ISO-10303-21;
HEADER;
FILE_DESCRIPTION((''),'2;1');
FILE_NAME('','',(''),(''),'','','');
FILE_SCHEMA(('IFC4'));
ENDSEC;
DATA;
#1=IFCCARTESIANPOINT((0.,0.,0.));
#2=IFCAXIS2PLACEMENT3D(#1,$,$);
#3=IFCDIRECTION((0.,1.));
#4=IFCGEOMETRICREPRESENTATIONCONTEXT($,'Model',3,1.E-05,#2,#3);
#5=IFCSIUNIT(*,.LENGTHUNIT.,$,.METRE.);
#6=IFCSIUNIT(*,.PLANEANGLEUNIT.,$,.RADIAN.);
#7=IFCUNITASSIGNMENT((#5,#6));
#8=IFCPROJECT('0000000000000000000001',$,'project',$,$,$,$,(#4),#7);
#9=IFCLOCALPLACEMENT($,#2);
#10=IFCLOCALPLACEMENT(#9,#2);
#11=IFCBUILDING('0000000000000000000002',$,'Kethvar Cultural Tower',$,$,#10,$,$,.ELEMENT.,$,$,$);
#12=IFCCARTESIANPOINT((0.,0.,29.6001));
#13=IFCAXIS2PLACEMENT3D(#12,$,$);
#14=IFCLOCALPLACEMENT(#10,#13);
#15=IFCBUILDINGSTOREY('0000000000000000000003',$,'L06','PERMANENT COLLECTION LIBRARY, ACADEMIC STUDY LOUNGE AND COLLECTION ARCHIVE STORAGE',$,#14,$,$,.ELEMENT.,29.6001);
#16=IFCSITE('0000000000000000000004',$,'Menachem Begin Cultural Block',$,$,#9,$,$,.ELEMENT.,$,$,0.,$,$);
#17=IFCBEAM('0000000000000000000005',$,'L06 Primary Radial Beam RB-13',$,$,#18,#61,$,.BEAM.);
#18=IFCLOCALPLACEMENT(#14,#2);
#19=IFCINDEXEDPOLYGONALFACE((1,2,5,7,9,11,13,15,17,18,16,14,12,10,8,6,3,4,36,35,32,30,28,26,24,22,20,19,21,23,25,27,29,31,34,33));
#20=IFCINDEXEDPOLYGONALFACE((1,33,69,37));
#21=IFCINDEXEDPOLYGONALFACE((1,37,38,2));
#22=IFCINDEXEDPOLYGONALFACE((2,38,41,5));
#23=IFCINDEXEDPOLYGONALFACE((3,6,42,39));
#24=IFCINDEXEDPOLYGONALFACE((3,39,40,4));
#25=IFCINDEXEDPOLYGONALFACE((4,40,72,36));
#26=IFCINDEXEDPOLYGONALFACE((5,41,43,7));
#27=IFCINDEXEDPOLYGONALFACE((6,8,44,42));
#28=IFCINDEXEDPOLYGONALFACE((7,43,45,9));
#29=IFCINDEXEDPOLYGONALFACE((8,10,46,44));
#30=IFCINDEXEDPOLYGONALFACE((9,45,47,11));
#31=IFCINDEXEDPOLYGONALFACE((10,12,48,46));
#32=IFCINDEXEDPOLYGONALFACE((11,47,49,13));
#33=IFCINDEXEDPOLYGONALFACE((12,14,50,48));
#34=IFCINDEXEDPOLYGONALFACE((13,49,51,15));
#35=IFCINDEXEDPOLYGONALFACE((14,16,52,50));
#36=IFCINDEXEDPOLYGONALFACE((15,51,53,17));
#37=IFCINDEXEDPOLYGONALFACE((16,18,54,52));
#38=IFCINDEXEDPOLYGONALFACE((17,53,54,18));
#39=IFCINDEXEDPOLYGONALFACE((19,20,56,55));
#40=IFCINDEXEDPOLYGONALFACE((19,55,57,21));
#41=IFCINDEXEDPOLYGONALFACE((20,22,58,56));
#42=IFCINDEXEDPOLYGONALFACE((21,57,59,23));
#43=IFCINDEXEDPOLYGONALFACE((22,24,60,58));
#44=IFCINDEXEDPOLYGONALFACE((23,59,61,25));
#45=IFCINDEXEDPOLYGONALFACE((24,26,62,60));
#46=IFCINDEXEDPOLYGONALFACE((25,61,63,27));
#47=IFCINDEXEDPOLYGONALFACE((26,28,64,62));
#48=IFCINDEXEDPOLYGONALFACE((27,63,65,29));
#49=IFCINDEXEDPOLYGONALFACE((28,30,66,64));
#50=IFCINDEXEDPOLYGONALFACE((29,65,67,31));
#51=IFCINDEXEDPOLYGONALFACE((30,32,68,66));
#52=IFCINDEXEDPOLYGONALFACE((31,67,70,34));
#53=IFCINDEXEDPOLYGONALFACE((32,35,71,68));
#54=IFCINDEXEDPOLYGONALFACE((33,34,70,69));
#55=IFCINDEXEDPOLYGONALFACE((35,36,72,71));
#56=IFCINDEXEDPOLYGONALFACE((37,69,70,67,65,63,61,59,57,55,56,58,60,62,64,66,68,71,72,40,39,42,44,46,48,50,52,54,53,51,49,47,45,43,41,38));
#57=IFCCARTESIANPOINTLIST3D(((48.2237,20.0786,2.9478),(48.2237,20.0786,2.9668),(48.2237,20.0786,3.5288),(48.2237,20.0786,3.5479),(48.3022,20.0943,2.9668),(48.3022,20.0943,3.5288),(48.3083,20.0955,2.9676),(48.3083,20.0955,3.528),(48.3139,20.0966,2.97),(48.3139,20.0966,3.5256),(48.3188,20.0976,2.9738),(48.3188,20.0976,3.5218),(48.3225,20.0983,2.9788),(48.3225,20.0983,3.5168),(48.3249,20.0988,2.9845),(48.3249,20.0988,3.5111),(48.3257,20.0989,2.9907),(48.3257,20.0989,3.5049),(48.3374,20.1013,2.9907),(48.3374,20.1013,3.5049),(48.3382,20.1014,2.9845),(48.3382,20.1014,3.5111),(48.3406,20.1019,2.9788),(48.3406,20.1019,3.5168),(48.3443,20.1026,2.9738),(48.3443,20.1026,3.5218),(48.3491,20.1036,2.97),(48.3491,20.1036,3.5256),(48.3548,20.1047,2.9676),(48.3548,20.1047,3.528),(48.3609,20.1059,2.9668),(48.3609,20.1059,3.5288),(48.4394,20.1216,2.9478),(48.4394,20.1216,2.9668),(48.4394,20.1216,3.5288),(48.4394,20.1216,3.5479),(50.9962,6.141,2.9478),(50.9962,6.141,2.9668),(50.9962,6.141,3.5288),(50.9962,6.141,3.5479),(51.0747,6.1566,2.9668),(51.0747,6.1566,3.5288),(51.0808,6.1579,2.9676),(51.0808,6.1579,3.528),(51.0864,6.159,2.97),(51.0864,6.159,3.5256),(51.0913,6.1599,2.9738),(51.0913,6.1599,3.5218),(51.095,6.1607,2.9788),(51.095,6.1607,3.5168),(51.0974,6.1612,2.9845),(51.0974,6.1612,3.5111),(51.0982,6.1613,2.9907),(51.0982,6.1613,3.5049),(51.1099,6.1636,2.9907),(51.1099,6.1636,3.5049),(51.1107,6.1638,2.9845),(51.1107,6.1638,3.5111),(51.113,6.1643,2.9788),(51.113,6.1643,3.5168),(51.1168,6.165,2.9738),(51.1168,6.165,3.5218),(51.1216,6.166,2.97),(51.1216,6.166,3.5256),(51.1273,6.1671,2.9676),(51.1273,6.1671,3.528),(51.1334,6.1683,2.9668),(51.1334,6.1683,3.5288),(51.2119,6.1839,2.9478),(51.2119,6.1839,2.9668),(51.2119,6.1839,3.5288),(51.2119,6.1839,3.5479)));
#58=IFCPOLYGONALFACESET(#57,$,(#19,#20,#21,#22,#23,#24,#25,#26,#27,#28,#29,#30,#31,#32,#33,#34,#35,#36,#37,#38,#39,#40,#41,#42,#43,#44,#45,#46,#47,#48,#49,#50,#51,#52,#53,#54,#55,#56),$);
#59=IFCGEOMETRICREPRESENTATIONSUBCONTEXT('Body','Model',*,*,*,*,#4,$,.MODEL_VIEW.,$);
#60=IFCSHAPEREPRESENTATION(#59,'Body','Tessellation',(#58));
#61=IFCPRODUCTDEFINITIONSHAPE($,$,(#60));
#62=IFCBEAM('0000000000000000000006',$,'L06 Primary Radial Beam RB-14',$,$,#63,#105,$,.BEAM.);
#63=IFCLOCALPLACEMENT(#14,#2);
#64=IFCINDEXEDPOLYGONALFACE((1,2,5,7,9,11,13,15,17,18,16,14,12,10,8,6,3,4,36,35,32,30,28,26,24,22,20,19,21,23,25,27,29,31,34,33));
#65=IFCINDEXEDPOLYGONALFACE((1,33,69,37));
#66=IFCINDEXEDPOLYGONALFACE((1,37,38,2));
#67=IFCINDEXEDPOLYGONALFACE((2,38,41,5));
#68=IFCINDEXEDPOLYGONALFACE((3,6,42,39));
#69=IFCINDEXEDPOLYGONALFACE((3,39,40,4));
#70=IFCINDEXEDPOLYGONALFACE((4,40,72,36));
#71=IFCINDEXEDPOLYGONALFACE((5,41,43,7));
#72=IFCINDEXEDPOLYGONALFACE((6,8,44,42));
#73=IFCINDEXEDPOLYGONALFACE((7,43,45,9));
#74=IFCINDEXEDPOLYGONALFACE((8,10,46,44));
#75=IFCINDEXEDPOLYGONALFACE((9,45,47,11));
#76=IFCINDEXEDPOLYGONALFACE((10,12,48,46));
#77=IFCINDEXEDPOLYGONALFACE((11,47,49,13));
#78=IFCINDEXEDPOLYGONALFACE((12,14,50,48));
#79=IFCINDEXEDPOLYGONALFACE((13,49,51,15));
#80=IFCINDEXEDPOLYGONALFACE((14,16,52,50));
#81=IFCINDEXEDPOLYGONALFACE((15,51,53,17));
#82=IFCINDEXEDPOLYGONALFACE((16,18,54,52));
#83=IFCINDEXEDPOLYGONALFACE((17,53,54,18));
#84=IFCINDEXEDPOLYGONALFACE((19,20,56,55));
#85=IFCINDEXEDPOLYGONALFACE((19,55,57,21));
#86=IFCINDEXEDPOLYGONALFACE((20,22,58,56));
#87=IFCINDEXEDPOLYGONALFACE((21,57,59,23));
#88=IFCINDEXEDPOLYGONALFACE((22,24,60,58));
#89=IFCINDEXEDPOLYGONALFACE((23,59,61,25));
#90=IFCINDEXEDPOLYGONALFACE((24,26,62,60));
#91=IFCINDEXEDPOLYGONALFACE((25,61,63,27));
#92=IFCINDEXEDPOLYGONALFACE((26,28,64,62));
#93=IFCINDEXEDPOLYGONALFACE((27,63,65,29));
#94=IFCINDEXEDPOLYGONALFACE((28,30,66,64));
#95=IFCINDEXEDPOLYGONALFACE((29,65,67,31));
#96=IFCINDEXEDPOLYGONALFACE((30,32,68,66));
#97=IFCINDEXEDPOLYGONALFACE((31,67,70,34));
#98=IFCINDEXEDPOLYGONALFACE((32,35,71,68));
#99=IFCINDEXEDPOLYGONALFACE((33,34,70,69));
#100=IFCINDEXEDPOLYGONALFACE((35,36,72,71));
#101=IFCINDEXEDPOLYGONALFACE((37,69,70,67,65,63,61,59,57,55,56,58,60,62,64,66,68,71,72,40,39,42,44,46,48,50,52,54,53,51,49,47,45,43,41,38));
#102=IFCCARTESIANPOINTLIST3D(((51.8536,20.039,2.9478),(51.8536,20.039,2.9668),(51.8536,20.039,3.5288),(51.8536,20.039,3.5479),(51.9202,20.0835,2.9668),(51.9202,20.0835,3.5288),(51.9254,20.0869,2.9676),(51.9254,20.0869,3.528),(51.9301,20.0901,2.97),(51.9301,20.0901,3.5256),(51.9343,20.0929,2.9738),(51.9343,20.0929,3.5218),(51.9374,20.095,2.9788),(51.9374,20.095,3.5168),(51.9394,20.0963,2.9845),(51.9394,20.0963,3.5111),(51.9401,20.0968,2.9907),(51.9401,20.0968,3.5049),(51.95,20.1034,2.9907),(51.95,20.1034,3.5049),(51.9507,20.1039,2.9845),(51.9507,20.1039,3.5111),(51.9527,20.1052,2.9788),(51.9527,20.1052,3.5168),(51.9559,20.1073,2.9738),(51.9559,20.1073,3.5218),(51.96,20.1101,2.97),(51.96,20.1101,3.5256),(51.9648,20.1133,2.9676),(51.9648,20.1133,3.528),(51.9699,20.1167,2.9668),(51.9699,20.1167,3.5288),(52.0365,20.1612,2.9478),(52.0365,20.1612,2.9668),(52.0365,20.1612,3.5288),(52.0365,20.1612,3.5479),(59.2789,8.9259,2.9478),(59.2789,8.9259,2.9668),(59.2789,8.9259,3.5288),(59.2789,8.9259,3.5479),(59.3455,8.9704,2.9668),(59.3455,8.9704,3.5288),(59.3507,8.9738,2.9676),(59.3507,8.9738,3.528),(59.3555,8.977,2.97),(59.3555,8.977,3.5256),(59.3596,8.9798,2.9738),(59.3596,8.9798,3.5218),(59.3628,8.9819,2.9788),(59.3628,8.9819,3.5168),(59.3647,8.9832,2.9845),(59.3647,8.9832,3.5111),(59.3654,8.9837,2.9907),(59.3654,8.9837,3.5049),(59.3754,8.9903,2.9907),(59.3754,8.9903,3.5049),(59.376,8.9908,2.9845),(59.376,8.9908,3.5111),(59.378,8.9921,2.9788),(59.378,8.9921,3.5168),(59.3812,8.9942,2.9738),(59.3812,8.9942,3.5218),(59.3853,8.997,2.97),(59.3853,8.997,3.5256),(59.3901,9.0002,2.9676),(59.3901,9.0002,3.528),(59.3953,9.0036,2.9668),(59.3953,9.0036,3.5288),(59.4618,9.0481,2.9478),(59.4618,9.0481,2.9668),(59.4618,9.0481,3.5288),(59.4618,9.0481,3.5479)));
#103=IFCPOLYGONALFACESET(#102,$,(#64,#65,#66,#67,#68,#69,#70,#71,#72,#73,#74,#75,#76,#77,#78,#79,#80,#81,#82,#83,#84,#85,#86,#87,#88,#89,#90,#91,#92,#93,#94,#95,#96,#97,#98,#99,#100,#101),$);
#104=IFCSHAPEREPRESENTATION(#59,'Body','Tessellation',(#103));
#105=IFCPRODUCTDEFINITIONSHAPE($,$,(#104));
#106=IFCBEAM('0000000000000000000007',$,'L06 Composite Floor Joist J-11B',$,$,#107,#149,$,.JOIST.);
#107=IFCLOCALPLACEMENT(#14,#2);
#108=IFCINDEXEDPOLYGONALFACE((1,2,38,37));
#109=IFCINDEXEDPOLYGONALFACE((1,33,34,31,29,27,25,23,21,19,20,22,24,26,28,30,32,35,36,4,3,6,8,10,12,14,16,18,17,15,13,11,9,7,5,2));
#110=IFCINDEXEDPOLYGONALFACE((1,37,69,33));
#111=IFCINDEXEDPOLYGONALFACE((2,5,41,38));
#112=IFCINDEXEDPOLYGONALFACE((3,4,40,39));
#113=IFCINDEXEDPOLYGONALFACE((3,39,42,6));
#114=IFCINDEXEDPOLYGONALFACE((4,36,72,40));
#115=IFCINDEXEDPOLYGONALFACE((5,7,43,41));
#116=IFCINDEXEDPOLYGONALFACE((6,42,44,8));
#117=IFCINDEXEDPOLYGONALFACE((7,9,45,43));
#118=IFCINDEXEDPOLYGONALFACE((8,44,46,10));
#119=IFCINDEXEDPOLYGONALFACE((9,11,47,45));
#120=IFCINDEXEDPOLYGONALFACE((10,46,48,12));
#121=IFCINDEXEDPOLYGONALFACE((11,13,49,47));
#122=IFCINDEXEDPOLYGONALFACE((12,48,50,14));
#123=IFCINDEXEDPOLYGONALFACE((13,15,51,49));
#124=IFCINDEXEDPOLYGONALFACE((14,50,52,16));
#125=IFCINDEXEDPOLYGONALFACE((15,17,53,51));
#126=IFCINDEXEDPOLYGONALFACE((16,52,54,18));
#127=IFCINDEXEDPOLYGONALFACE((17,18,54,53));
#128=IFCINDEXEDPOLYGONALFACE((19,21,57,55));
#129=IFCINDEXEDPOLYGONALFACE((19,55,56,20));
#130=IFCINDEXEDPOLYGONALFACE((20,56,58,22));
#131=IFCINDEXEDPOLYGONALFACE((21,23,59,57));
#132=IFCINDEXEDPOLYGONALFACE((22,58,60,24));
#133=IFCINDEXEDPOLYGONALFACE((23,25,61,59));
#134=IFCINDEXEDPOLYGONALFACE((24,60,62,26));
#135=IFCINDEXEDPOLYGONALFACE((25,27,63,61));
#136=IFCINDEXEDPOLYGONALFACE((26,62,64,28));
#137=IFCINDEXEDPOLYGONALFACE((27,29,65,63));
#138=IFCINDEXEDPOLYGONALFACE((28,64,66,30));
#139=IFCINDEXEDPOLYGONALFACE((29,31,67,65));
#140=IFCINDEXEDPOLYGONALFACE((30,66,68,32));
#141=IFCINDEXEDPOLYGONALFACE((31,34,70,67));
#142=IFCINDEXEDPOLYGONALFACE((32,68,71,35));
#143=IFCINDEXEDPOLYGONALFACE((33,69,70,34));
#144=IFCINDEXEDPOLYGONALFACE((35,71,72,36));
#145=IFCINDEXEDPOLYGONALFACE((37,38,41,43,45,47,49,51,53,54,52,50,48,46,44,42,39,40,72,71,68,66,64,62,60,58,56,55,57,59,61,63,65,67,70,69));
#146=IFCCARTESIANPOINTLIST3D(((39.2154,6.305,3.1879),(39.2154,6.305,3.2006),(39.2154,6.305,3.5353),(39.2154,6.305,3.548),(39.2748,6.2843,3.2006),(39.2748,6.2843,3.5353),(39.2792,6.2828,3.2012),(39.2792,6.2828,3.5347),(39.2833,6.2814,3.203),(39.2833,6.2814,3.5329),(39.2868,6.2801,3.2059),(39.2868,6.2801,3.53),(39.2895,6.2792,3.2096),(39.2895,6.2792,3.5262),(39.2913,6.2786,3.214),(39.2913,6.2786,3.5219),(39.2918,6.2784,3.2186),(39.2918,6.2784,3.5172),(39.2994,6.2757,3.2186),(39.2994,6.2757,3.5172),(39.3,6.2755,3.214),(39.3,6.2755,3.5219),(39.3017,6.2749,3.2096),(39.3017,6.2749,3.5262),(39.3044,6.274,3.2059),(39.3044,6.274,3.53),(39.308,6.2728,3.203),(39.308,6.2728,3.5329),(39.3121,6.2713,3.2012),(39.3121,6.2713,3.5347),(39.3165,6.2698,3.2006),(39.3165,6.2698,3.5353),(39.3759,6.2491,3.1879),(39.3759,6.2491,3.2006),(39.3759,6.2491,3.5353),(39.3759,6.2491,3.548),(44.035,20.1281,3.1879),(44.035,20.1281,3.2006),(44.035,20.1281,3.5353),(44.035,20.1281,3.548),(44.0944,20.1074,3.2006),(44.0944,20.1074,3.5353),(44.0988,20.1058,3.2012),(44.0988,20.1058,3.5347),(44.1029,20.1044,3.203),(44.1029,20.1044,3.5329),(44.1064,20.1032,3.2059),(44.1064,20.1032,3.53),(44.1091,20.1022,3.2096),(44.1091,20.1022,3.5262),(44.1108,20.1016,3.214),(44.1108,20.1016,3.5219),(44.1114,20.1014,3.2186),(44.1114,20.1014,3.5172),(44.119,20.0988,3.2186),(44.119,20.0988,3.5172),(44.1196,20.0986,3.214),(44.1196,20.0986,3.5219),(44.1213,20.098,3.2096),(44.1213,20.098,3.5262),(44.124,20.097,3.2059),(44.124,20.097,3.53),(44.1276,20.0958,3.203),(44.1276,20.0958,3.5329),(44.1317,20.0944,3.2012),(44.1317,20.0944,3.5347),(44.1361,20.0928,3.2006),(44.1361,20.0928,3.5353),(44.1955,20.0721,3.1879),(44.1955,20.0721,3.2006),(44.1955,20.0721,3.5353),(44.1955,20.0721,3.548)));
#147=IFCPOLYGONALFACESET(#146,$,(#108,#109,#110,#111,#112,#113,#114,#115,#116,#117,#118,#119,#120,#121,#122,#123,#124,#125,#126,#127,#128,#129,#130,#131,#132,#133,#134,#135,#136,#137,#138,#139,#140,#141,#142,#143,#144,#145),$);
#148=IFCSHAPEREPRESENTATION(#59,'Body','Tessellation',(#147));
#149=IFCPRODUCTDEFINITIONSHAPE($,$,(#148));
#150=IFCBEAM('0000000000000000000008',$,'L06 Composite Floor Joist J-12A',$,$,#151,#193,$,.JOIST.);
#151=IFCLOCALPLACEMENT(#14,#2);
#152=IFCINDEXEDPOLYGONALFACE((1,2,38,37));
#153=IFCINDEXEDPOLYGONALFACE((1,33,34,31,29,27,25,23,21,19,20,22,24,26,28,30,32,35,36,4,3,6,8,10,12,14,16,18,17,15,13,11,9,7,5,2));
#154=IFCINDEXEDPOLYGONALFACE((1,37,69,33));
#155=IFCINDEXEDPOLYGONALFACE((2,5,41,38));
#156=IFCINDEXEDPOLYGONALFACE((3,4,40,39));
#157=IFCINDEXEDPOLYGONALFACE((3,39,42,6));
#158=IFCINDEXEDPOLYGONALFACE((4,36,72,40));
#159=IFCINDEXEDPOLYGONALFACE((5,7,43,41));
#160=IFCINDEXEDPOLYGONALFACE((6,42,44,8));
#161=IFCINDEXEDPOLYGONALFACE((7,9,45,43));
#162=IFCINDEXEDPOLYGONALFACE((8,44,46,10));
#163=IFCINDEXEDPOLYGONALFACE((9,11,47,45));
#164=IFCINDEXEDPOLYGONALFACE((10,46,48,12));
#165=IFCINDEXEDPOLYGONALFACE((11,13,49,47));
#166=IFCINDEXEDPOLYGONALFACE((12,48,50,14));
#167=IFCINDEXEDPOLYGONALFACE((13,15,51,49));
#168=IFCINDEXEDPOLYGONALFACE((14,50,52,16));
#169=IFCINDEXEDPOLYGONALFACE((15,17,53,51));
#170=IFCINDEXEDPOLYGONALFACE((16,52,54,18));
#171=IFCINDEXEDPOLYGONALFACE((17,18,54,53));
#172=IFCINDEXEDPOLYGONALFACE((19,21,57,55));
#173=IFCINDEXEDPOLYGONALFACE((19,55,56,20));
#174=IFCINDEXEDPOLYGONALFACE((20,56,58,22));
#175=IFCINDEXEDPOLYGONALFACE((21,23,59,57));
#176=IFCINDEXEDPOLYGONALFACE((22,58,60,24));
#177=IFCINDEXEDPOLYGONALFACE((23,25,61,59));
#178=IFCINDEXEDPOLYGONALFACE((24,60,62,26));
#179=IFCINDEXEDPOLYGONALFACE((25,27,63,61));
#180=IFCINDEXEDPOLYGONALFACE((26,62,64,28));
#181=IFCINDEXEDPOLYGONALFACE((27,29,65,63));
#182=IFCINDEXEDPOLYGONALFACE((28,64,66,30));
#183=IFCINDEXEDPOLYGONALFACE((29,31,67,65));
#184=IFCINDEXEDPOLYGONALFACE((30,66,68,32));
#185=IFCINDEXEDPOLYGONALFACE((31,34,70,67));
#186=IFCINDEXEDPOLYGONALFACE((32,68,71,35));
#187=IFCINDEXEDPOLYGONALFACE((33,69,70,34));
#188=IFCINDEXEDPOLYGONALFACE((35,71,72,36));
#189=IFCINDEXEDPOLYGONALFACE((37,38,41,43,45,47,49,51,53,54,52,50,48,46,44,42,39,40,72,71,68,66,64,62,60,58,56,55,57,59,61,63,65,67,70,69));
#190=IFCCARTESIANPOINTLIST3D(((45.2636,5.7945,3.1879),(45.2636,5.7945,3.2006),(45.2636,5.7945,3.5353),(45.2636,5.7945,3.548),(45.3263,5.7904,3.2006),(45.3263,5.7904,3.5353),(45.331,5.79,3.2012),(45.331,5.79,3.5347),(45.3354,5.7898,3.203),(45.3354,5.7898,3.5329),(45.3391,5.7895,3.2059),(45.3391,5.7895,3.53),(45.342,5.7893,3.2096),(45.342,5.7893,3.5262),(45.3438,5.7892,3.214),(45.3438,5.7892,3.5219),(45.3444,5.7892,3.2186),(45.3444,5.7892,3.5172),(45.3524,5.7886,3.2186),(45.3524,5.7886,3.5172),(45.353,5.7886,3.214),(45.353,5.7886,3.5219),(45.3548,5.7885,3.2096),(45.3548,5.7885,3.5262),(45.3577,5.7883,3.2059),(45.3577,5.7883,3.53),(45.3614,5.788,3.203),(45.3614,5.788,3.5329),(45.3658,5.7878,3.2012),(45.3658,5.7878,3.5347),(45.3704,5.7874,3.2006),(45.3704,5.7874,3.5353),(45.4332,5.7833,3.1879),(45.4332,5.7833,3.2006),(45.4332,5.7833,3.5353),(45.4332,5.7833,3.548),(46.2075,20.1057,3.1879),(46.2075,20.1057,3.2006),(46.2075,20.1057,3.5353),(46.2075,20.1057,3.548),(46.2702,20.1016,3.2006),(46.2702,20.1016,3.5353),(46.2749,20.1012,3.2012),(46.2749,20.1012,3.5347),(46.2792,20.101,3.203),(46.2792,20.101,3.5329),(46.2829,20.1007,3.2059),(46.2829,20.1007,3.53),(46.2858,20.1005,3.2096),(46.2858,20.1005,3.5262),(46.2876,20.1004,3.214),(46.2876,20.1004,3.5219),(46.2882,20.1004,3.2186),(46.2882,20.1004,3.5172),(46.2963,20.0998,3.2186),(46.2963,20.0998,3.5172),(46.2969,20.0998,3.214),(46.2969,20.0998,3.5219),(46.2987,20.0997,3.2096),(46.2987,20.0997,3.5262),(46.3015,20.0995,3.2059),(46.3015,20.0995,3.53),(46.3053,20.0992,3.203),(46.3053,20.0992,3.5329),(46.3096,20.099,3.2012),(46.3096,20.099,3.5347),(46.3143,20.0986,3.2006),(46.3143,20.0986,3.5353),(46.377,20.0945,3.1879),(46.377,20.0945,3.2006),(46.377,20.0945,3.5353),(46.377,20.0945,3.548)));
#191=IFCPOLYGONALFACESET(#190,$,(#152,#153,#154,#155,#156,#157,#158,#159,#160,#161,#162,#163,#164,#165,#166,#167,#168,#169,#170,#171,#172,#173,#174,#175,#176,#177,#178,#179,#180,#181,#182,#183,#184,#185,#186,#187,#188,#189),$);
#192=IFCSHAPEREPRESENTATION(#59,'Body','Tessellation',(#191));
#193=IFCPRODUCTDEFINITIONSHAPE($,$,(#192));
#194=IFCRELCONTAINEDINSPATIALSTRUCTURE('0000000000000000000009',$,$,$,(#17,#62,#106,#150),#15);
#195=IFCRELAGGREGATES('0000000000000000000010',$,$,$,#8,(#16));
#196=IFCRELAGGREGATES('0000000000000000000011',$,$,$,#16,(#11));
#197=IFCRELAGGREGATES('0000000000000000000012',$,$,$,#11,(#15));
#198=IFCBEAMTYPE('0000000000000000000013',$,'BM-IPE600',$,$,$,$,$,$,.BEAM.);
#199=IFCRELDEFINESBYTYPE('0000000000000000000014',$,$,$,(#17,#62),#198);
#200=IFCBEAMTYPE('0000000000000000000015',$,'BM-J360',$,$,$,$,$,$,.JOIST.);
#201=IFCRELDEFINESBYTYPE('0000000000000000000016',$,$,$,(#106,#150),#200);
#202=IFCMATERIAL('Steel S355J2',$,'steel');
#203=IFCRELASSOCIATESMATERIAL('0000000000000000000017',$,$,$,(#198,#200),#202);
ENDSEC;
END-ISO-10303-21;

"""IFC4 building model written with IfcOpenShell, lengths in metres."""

from ifc_helpers import new_model, si_unit, direction, frame, origin, origin_2d, place, context, subcontext, project, spatial, i_section, extrude, source, transform, mapped, material, material_profile, profile_set, type_object, element, save


model = new_model("IFC4")

# Units and contexts
model_context = context("Model", 3, precision=1e-05, world=origin(), true_north=direction((0.0, 1.0)))
body_context = subcontext(model_context, "Body", "Model", "MODEL_VIEW")
ifc_project = project(units=[si_unit("LENGTHUNIT", "METRE"), si_unit("PLANEANGLEUNIT", "RADIAN")], contexts=[model_context])

# Site, building, storey
site_placement = place(None, origin())
site = spatial("IfcSite", under=ifc_project, at=site_placement, Name="Menachem Begin Cultural Block", CompositionType="ELEMENT", RefElevation=0.0)
building_placement = place(site_placement, origin())
building = spatial("IfcBuilding", under=site, at=building_placement, Name="Kethvar Cultural Tower", CompositionType="ELEMENT")
storey_placement = place(building_placement, frame((0.0, 0.0, 29.6001)))
storey = spatial("IfcBuildingStorey", under=building, at=storey_placement, Name="L06", Description="PERMANENT COLLECTION LIBRARY, ACADEMIC STUDY LOUNGE AND COLLECTION ARCHIVE STORAGE", CompositionType="ELEMENT", Elevation=29.6001)

# Beams
ifc_material_1 = material(Name="Steel S355J2", Category="steel")
ifc_material_profile_1 = material_profile(ifc_material_1, i_section(OverallWidth=0.22, OverallDepth=0.6001, WebThickness=0.012, FlangeThickness=0.019, FilletRadius=0.0239, at=origin_2d()), Name="Steel S355J2 — IPE600")
ifc_profile_set_1 = profile_set([ifc_material_profile_1], Name="Steel S355J2 — IPE600")
beam_type_1 = type_object("IfcBeamType", Name="BM-IPE600", PredefinedType="BEAM", material=ifc_profile_set_1)
shared_shape_1 = source(origin(), body_context, "Body", "SweptSolid", [
    extrude(i_section(OverallWidth=0.22, OverallDepth=0.6001, WebThickness=0.012, FlangeThickness=0.019, FilletRadius=0.0239, at=origin_2d()), origin(), (0.0, 0.0, 1.0), 14.2107),
])
beam_1_placement = place(storey_placement, frame((48.3315, 20.1001, 3.2478), z_axis=(0.195098, -0.980784, 0.0), x_axis=(0.980784, 0.195098, 0.0)))
element("IfcBeam", 1, at=beam_1_placement, inside=storey, type_object=beam_type_1, Name="L06 Primary Radial Beam RB-13", PredefinedType="BEAM", context=body_context, shape_type="MappedRepresentation", body=[
    mapped(shared_shape_1, transform((0.0, 0.0, 0.0), scale=1.0)),
])
shared_shape_2 = source(origin(), body_context, "Body", "SweptSolid", [
    extrude(i_section(OverallWidth=0.22, OverallDepth=0.6001, WebThickness=0.012, FlangeThickness=0.019, FilletRadius=0.0239, at=origin_2d()), origin(), (0.0, 0.0, 1.0), 13.3655),
])
beam_2_placement = place(storey_placement, frame((51.9451, 20.1001, 3.2478), z_axis=(0.55556, -0.831477, 0.0), x_axis=(0.831477, 0.55556, 0.0)))
element("IfcBeam", 2, at=beam_2_placement, inside=storey, type_object=beam_type_1, Name="L06 Primary Radial Beam RB-14", PredefinedType="BEAM", context=body_context, shape_type="MappedRepresentation", body=[
    mapped(shared_shape_2, transform((0.0, 0.0, 0.0), scale=1.0)),
])
ifc_material_profile_2 = material_profile(ifc_material_1, i_section(OverallWidth=0.1699, OverallDepth=0.3601, WebThickness=0.0081, FlangeThickness=0.0127, FilletRadius=0.0181, at=origin_2d()), Name="Steel S355J2 — IPE360")
ifc_profile_set_2 = profile_set([ifc_material_profile_2], Name="Steel S355J2 — IPE360")
beam_type_2 = type_object("IfcBeamType", Name="BM-J360", PredefinedType="JOIST", material=ifc_profile_set_2)
shared_shape_3 = source(origin(), body_context, "Body", "SweptSolid", [
    extrude(i_section(OverallWidth=0.1699, OverallDepth=0.3601, WebThickness=0.0081, FlangeThickness=0.0127, FilletRadius=0.0181, at=origin_2d()), origin(), (0.0, 0.0, 1.0), 14.6392),
])
beam_3_placement = place(storey_placement, frame((44.1152, 20.1001, 3.3679), z_axis=(-0.329226, -0.944251, 0.0), x_axis=(0.944251, -0.329226, 0.0)))
element("IfcBeam", 3, at=beam_3_placement, inside=storey, type_object=beam_type_2, Name="L06 Composite Floor Joist J-11B", PredefinedType="JOIST", context=body_context, shape_type="MappedRepresentation", body=[
    mapped(shared_shape_3, transform((0.0, 0.0, 0.0), scale=1.0)),
])
shared_shape_4 = source(origin(), body_context, "Body", "SweptSolid", [
    extrude(i_section(OverallWidth=0.1699, OverallDepth=0.3601, WebThickness=0.0081, FlangeThickness=0.0127, FilletRadius=0.0181, at=origin_2d()), origin(), (0.0, 0.0, 1.0), 14.3423),
])
beam_4_placement = place(storey_placement, frame((46.2922, 20.1001, 3.3679), z_axis=(-0.065808, -0.997832, 0.0), x_axis=(0.997832, -0.065808, 0.0)))
element("IfcBeam", 4, at=beam_4_placement, inside=storey, type_object=beam_type_2, Name="L06 Composite Floor Joist J-12A", PredefinedType="JOIST", context=body_context, shape_type="MappedRepresentation", body=[
    mapped(shared_shape_4, transform((0.0, 0.0, 0.0), scale=1.0)),
])

save(model, "model.ifc")
